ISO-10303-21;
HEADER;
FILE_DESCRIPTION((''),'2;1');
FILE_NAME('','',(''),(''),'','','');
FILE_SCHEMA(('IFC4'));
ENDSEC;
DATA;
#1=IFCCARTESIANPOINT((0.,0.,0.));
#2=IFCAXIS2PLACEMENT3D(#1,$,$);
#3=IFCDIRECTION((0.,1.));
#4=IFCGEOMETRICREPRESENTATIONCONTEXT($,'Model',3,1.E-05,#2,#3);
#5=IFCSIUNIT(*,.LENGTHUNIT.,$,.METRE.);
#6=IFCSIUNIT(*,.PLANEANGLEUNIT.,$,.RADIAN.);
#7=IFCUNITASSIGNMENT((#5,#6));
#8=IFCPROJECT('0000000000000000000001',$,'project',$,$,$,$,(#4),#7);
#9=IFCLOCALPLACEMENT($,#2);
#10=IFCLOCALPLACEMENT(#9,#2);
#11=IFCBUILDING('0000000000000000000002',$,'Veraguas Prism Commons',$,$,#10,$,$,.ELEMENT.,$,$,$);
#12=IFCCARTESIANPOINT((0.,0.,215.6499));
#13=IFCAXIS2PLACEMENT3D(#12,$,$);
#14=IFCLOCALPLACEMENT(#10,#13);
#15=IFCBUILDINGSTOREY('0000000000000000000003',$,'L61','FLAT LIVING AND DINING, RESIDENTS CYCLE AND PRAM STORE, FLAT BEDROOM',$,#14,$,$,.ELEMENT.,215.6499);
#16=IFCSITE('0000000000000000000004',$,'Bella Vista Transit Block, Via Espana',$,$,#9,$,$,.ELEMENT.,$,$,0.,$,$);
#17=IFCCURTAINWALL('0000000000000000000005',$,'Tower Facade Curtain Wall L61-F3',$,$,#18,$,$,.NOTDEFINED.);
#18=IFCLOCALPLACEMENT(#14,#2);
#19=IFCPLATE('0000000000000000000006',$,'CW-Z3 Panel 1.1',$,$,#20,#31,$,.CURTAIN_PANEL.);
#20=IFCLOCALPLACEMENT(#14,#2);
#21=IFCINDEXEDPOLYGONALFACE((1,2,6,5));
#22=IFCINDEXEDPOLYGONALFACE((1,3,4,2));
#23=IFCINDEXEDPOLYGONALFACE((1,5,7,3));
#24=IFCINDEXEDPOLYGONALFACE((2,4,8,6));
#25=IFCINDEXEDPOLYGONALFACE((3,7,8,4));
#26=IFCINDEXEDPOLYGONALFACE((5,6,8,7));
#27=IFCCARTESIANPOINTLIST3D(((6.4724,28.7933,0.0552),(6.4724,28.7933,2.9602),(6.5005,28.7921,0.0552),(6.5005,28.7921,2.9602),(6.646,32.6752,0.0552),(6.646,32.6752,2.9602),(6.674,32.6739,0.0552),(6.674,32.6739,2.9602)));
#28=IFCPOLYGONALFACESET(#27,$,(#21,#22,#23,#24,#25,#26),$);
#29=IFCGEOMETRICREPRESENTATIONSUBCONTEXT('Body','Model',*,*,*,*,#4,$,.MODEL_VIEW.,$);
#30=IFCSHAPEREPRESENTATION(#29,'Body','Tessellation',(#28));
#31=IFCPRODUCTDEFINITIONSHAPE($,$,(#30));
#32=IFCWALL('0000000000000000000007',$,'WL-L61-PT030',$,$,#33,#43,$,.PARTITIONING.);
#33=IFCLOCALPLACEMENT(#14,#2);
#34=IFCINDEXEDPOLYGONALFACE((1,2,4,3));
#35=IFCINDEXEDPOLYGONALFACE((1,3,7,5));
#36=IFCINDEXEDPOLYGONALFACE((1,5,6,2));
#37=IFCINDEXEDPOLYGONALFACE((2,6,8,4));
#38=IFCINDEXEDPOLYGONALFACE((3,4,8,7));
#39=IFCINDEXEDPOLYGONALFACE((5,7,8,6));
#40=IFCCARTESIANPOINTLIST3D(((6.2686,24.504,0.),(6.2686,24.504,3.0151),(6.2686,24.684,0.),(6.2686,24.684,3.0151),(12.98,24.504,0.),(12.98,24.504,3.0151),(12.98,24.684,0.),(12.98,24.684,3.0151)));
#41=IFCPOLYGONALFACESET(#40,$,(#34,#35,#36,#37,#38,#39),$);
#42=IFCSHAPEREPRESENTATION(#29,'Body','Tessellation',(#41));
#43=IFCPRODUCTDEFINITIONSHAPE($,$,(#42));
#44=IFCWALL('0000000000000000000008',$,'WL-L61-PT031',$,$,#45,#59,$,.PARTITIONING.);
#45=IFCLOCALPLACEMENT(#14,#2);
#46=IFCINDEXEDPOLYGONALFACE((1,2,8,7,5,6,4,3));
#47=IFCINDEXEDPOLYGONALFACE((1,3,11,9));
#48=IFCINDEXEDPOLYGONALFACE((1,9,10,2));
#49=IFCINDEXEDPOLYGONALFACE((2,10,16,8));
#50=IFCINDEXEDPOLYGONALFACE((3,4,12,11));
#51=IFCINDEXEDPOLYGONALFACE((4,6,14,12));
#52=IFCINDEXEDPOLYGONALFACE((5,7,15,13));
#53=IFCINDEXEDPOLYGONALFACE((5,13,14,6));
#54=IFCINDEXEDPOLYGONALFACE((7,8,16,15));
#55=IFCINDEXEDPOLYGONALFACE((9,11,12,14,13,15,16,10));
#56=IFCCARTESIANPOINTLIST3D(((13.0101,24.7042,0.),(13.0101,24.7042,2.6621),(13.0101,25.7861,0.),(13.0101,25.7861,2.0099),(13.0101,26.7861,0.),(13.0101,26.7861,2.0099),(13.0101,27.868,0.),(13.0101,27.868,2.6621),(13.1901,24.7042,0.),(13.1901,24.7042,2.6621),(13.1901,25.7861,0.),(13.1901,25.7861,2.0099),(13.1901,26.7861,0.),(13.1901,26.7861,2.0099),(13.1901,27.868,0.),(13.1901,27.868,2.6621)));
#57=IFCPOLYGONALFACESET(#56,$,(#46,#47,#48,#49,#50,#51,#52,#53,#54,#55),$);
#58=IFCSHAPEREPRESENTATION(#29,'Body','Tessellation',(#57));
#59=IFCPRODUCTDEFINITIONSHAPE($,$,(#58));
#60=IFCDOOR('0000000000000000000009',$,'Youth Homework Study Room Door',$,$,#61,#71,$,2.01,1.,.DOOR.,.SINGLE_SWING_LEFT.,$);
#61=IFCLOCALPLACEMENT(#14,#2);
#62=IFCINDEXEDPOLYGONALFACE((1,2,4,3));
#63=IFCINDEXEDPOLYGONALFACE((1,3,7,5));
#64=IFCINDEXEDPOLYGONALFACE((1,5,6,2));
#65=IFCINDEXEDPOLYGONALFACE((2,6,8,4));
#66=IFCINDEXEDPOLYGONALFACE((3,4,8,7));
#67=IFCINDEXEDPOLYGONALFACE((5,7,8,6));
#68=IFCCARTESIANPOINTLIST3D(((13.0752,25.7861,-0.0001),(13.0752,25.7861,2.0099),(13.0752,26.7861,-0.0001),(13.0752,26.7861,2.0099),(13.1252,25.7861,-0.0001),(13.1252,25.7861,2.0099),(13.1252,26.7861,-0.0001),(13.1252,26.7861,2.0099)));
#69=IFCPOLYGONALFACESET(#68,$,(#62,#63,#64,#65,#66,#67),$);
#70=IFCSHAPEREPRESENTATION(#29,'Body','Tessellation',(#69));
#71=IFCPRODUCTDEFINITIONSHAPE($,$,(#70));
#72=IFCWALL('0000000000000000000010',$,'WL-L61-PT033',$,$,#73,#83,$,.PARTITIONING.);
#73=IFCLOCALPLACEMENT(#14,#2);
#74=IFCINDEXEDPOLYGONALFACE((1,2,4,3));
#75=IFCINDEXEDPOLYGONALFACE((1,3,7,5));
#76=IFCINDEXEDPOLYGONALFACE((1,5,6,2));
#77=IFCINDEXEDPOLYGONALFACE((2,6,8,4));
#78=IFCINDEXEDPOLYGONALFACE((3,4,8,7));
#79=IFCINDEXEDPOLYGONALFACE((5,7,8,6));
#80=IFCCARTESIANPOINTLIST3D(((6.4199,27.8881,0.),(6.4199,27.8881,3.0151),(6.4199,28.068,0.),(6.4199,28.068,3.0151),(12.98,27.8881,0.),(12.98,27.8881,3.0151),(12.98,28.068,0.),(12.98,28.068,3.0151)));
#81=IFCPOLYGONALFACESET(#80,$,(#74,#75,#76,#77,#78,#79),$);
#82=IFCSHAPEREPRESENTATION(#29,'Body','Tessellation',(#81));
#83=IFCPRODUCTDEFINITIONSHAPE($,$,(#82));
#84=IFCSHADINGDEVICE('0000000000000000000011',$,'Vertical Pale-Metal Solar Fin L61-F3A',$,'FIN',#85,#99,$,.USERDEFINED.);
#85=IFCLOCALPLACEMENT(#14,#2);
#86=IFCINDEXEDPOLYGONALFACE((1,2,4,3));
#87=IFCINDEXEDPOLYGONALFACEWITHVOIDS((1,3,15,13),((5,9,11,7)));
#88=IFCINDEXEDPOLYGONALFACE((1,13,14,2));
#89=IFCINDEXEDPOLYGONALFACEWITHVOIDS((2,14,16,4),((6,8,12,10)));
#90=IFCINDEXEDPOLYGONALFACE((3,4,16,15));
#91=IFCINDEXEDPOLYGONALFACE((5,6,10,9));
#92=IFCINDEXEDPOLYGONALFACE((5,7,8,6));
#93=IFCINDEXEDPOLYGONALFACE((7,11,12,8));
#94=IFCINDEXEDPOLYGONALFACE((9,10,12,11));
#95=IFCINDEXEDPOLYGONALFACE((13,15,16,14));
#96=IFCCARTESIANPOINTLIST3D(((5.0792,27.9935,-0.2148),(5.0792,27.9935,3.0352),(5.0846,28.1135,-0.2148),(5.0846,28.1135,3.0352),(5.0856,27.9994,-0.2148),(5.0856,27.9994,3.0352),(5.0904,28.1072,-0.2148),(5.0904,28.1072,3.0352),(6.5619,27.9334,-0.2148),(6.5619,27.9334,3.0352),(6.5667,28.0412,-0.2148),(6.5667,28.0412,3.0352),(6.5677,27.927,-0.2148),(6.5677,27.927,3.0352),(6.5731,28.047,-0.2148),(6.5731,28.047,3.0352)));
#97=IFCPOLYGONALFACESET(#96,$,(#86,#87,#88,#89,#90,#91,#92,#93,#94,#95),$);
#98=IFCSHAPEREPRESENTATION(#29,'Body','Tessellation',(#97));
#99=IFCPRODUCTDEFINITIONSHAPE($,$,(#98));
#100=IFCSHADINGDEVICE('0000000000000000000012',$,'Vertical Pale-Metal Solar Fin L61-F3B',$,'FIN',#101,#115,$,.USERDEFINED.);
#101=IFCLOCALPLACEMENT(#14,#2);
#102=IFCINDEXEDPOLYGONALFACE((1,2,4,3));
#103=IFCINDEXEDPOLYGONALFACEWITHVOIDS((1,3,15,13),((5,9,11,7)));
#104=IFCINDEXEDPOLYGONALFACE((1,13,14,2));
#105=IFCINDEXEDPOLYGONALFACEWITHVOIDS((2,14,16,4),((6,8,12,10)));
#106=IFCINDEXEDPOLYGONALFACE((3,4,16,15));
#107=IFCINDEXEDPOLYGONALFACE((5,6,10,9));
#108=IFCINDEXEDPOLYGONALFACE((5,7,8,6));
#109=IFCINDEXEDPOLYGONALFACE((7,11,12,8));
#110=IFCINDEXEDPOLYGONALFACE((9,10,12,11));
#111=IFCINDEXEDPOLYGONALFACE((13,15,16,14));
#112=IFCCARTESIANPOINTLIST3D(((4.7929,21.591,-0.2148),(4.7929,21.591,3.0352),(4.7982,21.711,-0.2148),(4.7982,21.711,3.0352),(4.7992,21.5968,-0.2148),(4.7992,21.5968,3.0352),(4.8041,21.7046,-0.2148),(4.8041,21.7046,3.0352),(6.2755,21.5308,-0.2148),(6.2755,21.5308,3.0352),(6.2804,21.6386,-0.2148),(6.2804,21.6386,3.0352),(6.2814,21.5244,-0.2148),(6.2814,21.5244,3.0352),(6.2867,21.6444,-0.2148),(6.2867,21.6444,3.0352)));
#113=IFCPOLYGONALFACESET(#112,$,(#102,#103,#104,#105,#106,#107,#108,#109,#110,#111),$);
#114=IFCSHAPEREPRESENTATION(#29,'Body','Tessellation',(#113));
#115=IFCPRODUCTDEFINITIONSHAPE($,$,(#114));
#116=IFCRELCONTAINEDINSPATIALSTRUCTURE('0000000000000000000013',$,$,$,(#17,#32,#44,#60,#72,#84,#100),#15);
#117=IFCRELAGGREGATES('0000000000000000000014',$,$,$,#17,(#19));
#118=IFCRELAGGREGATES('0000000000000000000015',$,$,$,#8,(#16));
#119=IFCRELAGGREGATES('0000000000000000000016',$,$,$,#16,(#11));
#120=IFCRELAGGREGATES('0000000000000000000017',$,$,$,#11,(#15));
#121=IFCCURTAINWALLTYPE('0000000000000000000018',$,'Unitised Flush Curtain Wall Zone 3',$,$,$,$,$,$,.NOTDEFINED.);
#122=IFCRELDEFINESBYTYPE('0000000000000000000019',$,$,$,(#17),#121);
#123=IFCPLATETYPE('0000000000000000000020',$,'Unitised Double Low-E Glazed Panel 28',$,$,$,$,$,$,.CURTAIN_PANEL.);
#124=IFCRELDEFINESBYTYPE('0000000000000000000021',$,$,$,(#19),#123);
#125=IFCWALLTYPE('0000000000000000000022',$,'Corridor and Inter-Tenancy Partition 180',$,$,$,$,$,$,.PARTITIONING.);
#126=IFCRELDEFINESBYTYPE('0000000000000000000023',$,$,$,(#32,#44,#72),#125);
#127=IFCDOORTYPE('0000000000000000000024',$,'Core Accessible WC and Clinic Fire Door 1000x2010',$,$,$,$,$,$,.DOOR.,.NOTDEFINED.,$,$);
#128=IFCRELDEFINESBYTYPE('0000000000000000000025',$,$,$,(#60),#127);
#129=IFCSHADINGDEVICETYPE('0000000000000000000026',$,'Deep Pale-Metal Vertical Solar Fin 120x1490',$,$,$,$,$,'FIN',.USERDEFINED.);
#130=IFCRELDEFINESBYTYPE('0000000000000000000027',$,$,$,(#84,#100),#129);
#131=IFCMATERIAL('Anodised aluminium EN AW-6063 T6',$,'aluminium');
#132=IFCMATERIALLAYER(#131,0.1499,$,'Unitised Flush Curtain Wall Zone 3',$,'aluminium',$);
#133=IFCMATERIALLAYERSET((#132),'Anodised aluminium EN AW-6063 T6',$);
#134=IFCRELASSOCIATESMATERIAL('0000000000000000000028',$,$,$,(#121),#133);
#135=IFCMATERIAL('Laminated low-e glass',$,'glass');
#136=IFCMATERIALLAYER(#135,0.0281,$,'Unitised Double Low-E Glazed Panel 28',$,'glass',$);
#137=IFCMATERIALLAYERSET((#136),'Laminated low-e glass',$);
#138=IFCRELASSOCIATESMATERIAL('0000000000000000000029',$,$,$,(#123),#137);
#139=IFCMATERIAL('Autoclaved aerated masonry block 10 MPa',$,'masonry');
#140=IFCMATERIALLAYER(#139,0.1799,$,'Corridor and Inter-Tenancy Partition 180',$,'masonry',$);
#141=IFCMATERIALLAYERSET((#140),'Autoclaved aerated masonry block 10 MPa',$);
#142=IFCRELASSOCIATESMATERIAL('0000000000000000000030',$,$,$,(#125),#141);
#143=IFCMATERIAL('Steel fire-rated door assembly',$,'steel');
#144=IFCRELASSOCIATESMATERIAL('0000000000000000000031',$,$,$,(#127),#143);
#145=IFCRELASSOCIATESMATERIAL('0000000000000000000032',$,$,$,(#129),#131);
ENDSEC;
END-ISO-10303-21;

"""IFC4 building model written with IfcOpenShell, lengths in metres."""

from ifc_helpers import new_model, si_unit, direction, frame, frame_2d, origin, origin_2d, place, context, subcontext, project, spatial, rectangle, hollow_rectangle, extrude, source, transform, mapped, material, layer, layer_set, material_profile, profile_set, type_object, element, fill, aggregate, save


model = new_model("IFC4")

# Units and contexts
model_context = context("Model", 3, precision=1e-05, world=origin(), true_north=direction((0.0, 1.0)))
body_context = subcontext(model_context, "Body", "Model", "MODEL_VIEW")
ifc_project = project(units=[si_unit("LENGTHUNIT", "METRE"), si_unit("PLANEANGLEUNIT", "RADIAN")], contexts=[model_context])

# Site, building, storey
site_placement = place(None, origin())
site = spatial("IfcSite", under=ifc_project, at=site_placement, Name="Bella Vista Transit Block, Via Espana", CompositionType="ELEMENT", RefElevation=0.0)
building_placement = place(site_placement, origin())
building = spatial("IfcBuilding", under=site, at=building_placement, Name="Veraguas Prism Commons", CompositionType="ELEMENT")
storey_placement = place(building_placement, frame((0.0, 0.0, 215.6499)))
storey = spatial("IfcBuildingStorey", under=building, at=storey_placement, Name="L61", Description="FLAT LIVING AND DINING, RESIDENTS CYCLE AND PRAM STORE, FLAT BEDROOM", CompositionType="ELEMENT", Elevation=215.6499)

# Curtain wall, plate
ifc_material_1 = material(Name="Anodised aluminium EN AW-6063 T6", Category="aluminium")
ifc_layer_1 = layer(ifc_material_1, 0.1499, Name="Unitised Flush Curtain Wall Zone 3", Category="aluminium")
ifc_layer_set_1 = layer_set([ifc_layer_1], Name="Anodised aluminium EN AW-6063 T6")
curtain_wall_type = type_object("IfcCurtainWallType", Name="Unitised Flush Curtain Wall Zone 3", PredefinedType="NOTDEFINED", material=ifc_layer_set_1)
curtain_wall_placement = place(storey_placement, origin())
curtain_wall = element("IfcCurtainWall", 1, at=curtain_wall_placement, inside=storey, type_object=curtain_wall_type, Name="Tower Facade Curtain Wall L61-F3", PredefinedType="NOTDEFINED")
ifc_material_2 = material(Name="Laminated low-e glass", Category="glass")
ifc_layer_2 = layer(ifc_material_2, 0.0281, Name="Unitised Double Low-E Glazed Panel 28", Category="glass")
ifc_layer_set_2 = layer_set([ifc_layer_2], Name="Laminated low-e glass")
plate_type = type_object("IfcPlateType", Name="Unitised Double Low-E Glazed Panel 28", PredefinedType="CURTAIN_PANEL", material=ifc_layer_set_2)
shared_shape_1 = source(origin(), body_context, "Body", "SweptSolid", [
    extrude(rectangle(XDim=3.8857, YDim=0.0281, at=origin_2d()), origin(), (0.0, 0.0, 1.0), 2.905),
])
plate_1_placement = place(storey_placement, frame((6.5732, 30.7336, 0.0552), z_axis=(0.0, 0.0, 1.0), x_axis=(-0.044666, -0.999002, 0.0)))
plate_1 = element("IfcPlate", 2, at=plate_1_placement, type_object=plate_type, Name="CW-Z3 Panel 1.1", PredefinedType="CURTAIN_PANEL", context=body_context, shape_type="MappedRepresentation", body=[
    mapped(shared_shape_1, transform((0.0, 0.0, 0.0), scale=1.0)),
])
aggregate(curtain_wall, [plate_1])

# Wall
ifc_material_3 = material(Name="Autoclaved aerated masonry block 10 MPa", Category="masonry")
ifc_layer_3 = layer(ifc_material_3, 0.1799, Name="Corridor and Inter-Tenancy Partition 180", Category="masonry")
ifc_layer_set_3 = layer_set([ifc_layer_3], Name="Autoclaved aerated masonry block 10 MPa")
wall_type = type_object("IfcWallType", Name="Corridor and Inter-Tenancy Partition 180", PredefinedType="PARTITIONING", material=ifc_layer_set_3)
wall_1_placement = place(storey_placement, frame((12.98, 24.594, 0.0), z_axis=(0.0, 0.0, 1.0), x_axis=(-1.0, 0.0, 0.0)))
element("IfcWall", 3, at=wall_1_placement, inside=storey, type_object=wall_type, Name="WL-L61-PT030", PredefinedType="PARTITIONING", context=body_context, shape_type="SweptSolid", body=[
    extrude(rectangle(XDim=6.7114, YDim=0.1799, at=frame_2d((3.3557, 0.0))), origin(), (0.0, 0.0, 1.0), 3.0151),
])

# Wall, opening, door
wall_2_placement = place(storey_placement, frame((13.1001, 24.7041, 0.0), z_axis=(0.0, 0.0, 1.0), x_axis=(0.0, 1.0, 0.0)))
wall_2 = element("IfcWall", 4, at=wall_2_placement, inside=storey, type_object=wall_type, Name="WL-L61-PT031", PredefinedType="PARTITIONING", context=body_context, shape_type="SweptSolid", body=[
    extrude(rectangle(XDim=3.1638, YDim=0.1799, at=frame_2d((1.582, 0.0))), origin(), (0.0, 0.0, 1.0), 2.6621),
])
opening_placement = place(wall_2_placement, frame((1.082, 0.0, 0.0)))
opening = element("IfcOpeningElement", 5, at=opening_placement, cuts=wall_2, PredefinedType="OPENING", context=body_context, shape_type="SweptSolid", body=[
    extrude(rectangle(XDim=1.0, YDim=2.01, at=frame_2d((0.5, 1.0049))), frame((0.0, 0.0999, 0.0), z_axis=(0.0, -1.0, 0.0), x_axis=(1.0, 0.0, 0.0)), (0.0, 0.0, 1.0), 0.2),
])
ifc_material_4 = material(Name="Steel fire-rated door assembly", Category="steel")
door_type = type_object("IfcDoorType", Name="Core Accessible WC and Clinic Fire Door 1000x2010", OperationType="NOTDEFINED", PredefinedType="DOOR", material=ifc_material_4)
shared_shape_2 = source(origin(), body_context, "Body", "SweptSolid", [
    extrude(rectangle(XDim=1.0, YDim=2.01, at=frame_2d((0.5, 1.0049))), frame((0.0, 0.0249, 0.0), z_axis=(0.0, -1.0, 0.0), x_axis=(1.0, 0.0, 0.0)), (0.0, 0.0, 1.0), 0.05),
])
door_placement = place(opening_placement, origin())
door = element("IfcDoor", 6, at=door_placement, inside=storey, type_object=door_type, Name="Youth Homework Study Room Door", OperationType="SINGLE_SWING_LEFT", OverallHeight=2.01, OverallWidth=1.0, PredefinedType="DOOR", context=body_context, shape_type="MappedRepresentation", body=[
    mapped(shared_shape_2, transform((0.0, 0.0, 0.0), scale=1.0)),
])
fill(opening, door)

# Wall
wall_3_placement = place(storey_placement, frame((12.98, 27.978, 0.0), z_axis=(0.0, 0.0, 1.0), x_axis=(-1.0, 0.0, 0.0)))
element("IfcWall", 7, at=wall_3_placement, inside=storey, type_object=wall_type, Name="WL-L61-PT033", PredefinedType="PARTITIONING", context=body_context, shape_type="SweptSolid", body=[
    extrude(rectangle(XDim=6.5601, YDim=0.1799, at=frame_2d((3.28, 0.0))), origin(), (0.0, 0.0, 1.0), 3.0151),
])

# Shading devices
ifc_material_profile_1 = material_profile(ifc_material_1, hollow_rectangle(XDim=0.1201, YDim=1.49, WallThickness=0.0061, at=origin_2d()), Name="FIN120X1490X6")
ifc_profile_set_1 = profile_set([ifc_material_profile_1], Name="Anodised aluminium EN AW-6063 T6")
shading_device_type = type_object("IfcShadingDeviceType", Name="Deep Pale-Metal Vertical Solar Fin 120x1490", ElementType="FIN", PredefinedType="USERDEFINED", material=ifc_profile_set_1)
for number, where, z_axis, x_axis, name in (
    (8, (5.8262, 28.0203, -0.2148), (0.0, 0.0, 1.0), (-0.044669, -0.999002, 0.0), "Vertical Pale-Metal Solar Fin L61-F3A"),
    (9, (5.5398, 21.6177, -0.2148), (0.0, 0.0, 1.0), (-0.044669, -0.999002, 0.0), "Vertical Pale-Metal Solar Fin L61-F3B"),
):
    element("IfcShadingDevice", number, at=place(storey_placement, frame(where, z_axis=z_axis, x_axis=x_axis)), inside=storey, type_object=shading_device_type, Name=name, ObjectType="FIN", PredefinedType="USERDEFINED", context=body_context, shape_type="SweptSolid", body=[
        extrude(hollow_rectangle(XDim=0.1201, YDim=1.49, WallThickness=0.0061, at=origin_2d()), origin(), (0.0, 0.0, 1.0), 3.25),
    ])

save(model, "model.ifc")
